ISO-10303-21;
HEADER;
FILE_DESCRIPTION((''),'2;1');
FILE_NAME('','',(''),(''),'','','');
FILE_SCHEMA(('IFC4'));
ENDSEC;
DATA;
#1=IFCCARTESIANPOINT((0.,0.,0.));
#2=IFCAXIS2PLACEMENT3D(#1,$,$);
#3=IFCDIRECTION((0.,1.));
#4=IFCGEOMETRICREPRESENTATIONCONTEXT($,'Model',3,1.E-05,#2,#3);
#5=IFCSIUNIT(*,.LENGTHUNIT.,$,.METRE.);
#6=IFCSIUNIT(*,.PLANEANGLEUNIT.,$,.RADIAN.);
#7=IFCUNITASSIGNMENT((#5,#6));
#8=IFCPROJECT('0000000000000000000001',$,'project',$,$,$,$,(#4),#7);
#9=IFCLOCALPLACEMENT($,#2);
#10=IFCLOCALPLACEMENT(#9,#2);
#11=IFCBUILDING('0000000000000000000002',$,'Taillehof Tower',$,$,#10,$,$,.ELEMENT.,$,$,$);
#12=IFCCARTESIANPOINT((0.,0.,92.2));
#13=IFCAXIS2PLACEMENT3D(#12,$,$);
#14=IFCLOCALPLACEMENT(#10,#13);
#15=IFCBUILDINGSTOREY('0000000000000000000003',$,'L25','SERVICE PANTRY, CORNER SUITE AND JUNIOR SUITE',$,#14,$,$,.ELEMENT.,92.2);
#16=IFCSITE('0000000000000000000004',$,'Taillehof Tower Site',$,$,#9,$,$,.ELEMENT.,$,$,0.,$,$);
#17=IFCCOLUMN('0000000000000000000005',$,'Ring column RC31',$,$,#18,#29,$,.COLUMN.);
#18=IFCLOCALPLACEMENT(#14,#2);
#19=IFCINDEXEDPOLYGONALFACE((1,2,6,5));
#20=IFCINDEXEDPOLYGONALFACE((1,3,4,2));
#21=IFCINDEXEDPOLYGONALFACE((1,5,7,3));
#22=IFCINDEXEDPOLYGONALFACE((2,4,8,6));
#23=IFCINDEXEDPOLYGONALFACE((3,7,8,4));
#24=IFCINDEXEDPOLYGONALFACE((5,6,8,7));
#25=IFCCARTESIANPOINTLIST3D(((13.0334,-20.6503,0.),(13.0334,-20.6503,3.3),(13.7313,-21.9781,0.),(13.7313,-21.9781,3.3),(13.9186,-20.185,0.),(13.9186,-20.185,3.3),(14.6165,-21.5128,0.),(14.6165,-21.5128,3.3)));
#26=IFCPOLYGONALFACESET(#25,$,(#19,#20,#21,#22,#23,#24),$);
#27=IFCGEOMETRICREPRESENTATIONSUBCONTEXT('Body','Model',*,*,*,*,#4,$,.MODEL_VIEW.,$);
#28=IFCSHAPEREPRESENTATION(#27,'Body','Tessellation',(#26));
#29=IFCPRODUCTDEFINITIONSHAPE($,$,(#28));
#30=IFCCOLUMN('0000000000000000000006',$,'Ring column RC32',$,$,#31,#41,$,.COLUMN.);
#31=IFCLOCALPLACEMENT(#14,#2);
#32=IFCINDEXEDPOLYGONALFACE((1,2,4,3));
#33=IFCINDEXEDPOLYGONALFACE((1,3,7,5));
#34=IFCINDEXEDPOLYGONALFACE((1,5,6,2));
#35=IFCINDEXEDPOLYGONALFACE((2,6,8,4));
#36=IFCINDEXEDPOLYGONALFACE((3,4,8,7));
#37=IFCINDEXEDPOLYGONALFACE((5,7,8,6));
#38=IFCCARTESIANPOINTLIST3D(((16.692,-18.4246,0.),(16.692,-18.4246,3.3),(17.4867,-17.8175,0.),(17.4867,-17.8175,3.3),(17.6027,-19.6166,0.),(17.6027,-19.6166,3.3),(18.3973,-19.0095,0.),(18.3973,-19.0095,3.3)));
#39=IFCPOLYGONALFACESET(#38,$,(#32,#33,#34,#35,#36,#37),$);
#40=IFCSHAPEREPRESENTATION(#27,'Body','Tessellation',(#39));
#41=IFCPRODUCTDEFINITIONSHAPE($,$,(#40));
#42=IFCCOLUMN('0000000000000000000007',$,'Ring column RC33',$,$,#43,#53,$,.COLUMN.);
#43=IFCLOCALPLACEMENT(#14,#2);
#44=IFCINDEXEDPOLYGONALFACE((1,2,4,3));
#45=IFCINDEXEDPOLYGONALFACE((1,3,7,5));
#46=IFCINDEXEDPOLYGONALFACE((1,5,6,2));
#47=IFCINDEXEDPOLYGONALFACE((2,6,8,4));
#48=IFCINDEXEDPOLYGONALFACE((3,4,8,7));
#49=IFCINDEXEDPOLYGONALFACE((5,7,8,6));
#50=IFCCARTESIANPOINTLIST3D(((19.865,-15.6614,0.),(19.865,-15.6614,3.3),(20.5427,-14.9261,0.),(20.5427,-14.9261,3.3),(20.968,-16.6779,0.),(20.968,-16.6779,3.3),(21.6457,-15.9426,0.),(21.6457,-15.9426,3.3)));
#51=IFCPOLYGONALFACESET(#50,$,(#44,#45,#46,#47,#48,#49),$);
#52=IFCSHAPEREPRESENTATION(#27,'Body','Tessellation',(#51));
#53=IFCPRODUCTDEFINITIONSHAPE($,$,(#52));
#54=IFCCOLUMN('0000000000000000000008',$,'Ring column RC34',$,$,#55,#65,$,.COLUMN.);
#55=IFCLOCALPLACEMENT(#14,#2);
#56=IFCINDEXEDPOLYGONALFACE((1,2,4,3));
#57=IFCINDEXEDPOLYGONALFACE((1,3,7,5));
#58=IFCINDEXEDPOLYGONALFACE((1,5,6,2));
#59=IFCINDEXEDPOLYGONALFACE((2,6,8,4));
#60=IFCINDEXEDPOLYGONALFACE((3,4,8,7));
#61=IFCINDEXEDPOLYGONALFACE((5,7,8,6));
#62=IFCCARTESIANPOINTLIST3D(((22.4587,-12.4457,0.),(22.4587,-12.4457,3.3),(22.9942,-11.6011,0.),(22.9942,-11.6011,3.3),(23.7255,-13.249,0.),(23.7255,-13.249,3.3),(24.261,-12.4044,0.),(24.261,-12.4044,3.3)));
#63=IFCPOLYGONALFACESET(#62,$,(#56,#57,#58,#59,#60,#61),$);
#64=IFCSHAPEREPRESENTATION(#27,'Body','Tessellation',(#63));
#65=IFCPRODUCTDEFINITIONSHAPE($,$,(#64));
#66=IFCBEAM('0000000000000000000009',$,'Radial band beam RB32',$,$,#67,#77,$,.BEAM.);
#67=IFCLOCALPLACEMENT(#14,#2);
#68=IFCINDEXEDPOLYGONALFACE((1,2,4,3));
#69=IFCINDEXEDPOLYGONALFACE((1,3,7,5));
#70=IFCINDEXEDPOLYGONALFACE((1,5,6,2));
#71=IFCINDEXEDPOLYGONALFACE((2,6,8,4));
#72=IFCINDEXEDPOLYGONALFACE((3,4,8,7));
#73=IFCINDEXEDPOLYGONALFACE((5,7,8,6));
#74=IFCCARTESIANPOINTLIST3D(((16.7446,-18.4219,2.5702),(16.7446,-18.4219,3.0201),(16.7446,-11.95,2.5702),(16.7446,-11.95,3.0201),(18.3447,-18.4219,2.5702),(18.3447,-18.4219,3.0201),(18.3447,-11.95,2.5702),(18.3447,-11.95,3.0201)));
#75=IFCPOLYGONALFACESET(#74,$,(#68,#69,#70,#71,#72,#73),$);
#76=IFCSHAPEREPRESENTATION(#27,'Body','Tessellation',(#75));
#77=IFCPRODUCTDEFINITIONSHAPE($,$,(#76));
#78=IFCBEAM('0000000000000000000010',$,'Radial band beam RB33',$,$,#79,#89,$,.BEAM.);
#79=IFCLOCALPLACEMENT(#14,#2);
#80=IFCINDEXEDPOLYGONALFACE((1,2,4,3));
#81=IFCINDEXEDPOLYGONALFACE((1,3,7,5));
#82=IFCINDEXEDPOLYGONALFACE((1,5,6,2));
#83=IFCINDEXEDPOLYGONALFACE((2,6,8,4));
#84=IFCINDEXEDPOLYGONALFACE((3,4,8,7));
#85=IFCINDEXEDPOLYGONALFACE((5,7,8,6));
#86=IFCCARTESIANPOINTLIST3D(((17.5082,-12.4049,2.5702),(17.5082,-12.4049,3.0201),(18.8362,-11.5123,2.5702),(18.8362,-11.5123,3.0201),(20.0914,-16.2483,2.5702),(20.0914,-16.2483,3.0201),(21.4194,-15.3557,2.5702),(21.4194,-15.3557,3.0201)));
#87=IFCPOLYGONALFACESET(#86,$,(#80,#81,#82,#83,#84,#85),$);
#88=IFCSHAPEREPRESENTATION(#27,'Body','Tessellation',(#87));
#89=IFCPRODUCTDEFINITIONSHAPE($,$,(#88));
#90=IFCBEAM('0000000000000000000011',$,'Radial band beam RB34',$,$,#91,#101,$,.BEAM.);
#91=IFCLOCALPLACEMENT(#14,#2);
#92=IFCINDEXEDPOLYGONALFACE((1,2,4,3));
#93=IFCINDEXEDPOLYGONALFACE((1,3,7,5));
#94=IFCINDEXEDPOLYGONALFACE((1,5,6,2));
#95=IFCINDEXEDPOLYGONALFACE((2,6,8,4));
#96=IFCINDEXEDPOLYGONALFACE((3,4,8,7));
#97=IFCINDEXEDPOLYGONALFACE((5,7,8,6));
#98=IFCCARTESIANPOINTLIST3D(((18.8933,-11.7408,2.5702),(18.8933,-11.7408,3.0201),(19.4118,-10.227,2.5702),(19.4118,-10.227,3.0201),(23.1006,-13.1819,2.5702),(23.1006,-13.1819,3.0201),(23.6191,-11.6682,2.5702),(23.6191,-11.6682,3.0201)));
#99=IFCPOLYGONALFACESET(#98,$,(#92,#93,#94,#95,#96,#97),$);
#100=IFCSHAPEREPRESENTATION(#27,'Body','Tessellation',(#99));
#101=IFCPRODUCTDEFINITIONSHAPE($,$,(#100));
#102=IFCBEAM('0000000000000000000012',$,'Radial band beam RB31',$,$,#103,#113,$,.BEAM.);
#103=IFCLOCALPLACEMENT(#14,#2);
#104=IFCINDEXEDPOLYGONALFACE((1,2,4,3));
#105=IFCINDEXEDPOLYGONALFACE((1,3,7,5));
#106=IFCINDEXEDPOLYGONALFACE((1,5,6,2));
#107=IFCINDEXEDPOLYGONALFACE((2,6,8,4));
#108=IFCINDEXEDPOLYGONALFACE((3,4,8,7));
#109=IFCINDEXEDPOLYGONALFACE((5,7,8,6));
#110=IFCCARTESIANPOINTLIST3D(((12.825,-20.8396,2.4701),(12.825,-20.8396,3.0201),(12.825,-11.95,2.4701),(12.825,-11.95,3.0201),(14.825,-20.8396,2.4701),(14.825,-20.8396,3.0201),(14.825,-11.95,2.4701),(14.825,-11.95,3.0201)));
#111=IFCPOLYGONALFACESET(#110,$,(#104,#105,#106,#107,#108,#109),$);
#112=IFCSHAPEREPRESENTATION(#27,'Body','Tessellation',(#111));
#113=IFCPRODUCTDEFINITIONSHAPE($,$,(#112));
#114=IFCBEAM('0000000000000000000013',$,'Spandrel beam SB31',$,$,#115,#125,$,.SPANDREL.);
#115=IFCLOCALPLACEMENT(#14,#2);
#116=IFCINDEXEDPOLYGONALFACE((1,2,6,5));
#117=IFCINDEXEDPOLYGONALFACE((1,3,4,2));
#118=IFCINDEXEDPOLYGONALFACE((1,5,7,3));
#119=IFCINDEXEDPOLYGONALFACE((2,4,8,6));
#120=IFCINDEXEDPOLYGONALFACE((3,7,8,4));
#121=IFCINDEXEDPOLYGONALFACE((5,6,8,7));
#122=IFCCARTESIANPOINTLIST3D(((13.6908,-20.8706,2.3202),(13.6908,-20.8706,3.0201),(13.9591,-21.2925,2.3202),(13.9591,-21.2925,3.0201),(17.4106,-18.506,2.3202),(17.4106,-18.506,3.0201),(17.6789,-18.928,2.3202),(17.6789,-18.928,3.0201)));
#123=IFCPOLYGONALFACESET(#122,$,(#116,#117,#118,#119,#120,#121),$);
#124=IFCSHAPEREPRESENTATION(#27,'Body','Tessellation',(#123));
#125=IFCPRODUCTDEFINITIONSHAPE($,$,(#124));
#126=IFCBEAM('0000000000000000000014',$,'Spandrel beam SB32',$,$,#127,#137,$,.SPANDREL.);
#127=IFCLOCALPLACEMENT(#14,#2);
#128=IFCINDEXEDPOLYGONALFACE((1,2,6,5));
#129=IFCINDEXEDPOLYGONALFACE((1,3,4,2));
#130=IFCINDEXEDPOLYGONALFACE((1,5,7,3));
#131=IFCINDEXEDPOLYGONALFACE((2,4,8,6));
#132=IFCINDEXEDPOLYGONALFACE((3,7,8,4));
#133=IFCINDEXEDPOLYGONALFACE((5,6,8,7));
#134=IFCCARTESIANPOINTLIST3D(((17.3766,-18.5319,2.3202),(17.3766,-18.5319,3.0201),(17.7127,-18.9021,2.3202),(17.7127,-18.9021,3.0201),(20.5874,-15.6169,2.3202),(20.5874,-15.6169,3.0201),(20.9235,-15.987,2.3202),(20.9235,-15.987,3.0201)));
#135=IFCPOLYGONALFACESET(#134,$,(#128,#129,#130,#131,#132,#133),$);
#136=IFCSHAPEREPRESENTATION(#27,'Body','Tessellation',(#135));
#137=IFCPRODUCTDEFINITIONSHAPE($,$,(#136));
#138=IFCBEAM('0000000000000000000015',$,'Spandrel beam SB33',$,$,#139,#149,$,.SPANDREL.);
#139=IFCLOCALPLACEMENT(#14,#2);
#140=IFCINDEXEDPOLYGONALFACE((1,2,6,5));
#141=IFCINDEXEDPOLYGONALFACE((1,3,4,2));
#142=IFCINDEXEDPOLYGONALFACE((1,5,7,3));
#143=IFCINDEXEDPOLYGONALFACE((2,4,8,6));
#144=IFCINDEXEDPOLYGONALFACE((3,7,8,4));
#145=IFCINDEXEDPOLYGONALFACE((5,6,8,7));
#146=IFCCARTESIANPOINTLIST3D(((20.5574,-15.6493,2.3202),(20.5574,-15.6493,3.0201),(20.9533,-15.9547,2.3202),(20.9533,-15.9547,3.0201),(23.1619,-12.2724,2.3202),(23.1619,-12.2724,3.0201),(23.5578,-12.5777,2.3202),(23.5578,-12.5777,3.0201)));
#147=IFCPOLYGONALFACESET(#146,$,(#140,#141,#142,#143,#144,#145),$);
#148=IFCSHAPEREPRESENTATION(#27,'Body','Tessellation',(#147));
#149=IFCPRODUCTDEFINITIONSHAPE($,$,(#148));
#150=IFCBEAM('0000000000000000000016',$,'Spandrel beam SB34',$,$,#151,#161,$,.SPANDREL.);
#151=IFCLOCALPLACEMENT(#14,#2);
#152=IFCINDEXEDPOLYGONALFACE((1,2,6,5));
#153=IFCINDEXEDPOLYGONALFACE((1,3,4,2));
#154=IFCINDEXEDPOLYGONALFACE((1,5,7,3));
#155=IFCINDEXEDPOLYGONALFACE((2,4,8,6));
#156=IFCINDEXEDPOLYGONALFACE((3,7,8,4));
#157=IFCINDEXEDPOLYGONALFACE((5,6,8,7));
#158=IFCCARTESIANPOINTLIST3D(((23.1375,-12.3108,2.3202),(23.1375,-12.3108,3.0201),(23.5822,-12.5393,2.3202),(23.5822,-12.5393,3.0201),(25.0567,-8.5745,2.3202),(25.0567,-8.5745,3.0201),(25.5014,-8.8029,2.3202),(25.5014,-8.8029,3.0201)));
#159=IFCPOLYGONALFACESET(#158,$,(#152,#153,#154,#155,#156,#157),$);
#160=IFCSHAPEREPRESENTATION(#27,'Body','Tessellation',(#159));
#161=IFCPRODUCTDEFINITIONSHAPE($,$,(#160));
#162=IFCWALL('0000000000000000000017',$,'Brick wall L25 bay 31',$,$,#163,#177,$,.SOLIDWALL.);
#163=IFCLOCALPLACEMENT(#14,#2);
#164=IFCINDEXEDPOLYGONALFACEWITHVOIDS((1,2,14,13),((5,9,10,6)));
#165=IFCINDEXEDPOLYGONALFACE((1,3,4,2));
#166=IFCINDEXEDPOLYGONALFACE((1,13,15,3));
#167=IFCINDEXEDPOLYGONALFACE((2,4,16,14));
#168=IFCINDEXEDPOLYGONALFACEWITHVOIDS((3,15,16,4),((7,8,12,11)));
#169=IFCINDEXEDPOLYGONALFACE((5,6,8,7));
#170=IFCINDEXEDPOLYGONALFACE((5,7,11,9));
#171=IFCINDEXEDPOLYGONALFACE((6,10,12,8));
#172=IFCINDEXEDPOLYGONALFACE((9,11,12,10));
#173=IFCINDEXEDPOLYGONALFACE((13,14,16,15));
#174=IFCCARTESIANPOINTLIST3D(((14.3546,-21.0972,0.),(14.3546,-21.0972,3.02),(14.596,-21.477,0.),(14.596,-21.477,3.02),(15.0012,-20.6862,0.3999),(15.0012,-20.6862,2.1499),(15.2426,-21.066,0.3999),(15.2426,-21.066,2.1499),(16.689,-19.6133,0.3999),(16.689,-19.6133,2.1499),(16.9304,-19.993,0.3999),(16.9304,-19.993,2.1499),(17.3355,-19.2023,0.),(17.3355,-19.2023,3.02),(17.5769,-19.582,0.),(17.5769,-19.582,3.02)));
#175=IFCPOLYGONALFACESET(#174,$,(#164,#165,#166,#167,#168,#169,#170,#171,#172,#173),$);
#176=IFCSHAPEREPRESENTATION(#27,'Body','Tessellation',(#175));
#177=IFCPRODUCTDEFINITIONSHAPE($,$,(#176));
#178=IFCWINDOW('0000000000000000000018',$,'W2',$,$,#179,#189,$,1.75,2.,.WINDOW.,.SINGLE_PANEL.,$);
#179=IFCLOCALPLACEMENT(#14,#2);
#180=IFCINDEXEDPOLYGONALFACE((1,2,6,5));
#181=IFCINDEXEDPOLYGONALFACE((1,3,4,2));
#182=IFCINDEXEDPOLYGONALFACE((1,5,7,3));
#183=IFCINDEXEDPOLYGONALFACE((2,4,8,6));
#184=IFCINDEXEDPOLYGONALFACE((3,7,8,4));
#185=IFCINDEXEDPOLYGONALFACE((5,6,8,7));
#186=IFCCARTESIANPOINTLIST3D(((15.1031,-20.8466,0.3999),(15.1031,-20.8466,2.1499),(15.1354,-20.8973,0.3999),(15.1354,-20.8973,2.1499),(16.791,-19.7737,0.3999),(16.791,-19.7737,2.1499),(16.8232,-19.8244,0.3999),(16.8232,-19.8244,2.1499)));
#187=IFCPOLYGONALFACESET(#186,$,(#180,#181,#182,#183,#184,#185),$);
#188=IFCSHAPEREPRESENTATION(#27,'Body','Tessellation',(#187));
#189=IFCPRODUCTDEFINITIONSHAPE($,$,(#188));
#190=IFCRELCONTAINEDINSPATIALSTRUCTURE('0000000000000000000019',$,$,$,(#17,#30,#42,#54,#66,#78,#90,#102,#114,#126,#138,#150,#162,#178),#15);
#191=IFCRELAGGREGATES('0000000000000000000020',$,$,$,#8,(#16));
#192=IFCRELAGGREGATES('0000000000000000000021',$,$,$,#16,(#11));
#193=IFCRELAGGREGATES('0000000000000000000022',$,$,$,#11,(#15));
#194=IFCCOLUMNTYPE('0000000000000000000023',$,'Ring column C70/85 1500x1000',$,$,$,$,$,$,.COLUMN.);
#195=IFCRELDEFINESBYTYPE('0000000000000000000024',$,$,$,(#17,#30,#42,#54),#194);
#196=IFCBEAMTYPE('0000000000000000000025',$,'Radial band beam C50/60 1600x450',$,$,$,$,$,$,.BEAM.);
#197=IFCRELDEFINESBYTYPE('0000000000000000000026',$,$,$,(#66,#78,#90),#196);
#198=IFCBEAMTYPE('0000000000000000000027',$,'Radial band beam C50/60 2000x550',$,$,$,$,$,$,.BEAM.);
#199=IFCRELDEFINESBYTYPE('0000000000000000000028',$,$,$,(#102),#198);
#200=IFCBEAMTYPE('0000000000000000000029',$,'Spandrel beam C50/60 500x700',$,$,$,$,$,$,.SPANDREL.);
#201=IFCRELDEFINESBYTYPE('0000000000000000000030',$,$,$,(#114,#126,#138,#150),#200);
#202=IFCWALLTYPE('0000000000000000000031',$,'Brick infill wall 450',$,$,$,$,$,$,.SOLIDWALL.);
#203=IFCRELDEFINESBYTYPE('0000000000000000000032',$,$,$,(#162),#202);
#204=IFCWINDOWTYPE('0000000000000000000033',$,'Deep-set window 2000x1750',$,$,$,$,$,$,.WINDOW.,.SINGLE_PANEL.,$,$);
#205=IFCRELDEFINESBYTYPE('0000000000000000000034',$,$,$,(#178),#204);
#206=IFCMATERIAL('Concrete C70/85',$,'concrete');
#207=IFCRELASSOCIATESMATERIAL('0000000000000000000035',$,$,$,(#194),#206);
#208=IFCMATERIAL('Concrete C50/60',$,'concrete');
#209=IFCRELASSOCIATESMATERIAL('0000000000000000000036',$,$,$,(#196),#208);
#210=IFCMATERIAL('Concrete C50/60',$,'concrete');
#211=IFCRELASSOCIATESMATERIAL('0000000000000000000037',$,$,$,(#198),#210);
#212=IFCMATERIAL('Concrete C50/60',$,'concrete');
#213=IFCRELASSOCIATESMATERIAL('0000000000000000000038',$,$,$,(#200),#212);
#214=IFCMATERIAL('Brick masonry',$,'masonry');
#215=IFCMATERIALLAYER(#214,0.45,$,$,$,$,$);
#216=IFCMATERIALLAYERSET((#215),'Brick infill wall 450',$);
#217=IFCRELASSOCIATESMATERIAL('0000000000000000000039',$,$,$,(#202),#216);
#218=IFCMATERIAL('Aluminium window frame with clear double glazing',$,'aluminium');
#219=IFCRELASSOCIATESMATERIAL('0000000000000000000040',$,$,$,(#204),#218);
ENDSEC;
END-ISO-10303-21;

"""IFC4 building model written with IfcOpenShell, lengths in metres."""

from ifc_helpers import new_model, si_unit, direction, frame, frame_2d, origin, origin_2d, place, context, subcontext, project, spatial, rectangle, extrude, material, layer, layer_set, material_profile, profile_set, type_object, element, fill, save


model = new_model("IFC4")

# Units and contexts
model_context = context("Model", 3, precision=1e-05, world=origin(), true_north=direction((0.0, 1.0)))
body_context = subcontext(model_context, "Body", "Model", "MODEL_VIEW")
ifc_project = project(units=[si_unit("LENGTHUNIT", "METRE"), si_unit("PLANEANGLEUNIT", "RADIAN")], contexts=[model_context])

# Site, building, storey
site_placement = place(None, origin())
site = spatial("IfcSite", under=ifc_project, at=site_placement, Name="Taillehof Tower Site", CompositionType="ELEMENT", RefElevation=0.0)
building_placement = place(site_placement, origin())
building = spatial("IfcBuilding", under=site, at=building_placement, Name="Taillehof Tower", CompositionType="ELEMENT")
storey_placement = place(building_placement, frame((0.0, 0.0, 92.2)))
storey = spatial("IfcBuildingStorey", under=building, at=storey_placement, Name="L25", Description="SERVICE PANTRY, CORNER SUITE AND JUNIOR SUITE", CompositionType="ELEMENT", Elevation=92.2)

# Columns
ifc_material_1 = material(Name="Concrete C70/85", Category="concrete")
ifc_material_profile_1 = material_profile(ifc_material_1, rectangle(XDim=1.5, YDim=1.0, at=origin_2d()), Name="RC 1500x1000")
ifc_profile_set_1 = profile_set([ifc_material_profile_1], Name="Concrete C70/85")
column_type = type_object("IfcColumnType", Name="Ring column C70/85 1500x1000", PredefinedType="COLUMN", material=ifc_profile_set_1)
for number, where, z_axis, x_axis, name in (
    (1, (13.825, -21.0815, 0.0), (0.0, 0.0, 1.0), (0.465283, -0.885162, 0.0), "Ring column RC31"),
    (2, (17.5447, -18.717, 0.0), (0.0, 0.0, 1.0), (0.607074, -0.794645, 0.0), "Ring column RC32"),
    (3, (20.7554, -15.802, 0.0), (0.0, 0.0, 1.0), (0.735332, -0.677707, 0.0), "Ring column RC33"),
    (4, (23.3599, -12.425, 0.0), (0.0, 0.0, 1.0), (0.844511, -0.535537, 0.0), "Ring column RC34"),
):
    element("IfcColumn", number, at=place(storey_placement, frame(where, z_axis=z_axis, x_axis=x_axis)), inside=storey, type_object=column_type, Name=name, PredefinedType="COLUMN", context=body_context, shape_type="SweptSolid", body=[
        extrude(rectangle(XDim=1.5, YDim=1.0, at=origin_2d()), origin(), (0.0, 0.0, 1.0), 3.3),
    ])

# Beams
ifc_material_2 = material(Name="Concrete C50/60", Category="concrete")
ifc_material_profile_2 = material_profile(ifc_material_2, rectangle(XDim=1.6001, YDim=0.45, at=origin_2d()), Name="RC 1600x450")
ifc_profile_set_2 = profile_set([ifc_material_profile_2], Name="Concrete C50/60")
beam_type_1 = type_object("IfcBeamType", Name="Radial band beam C50/60 1600x450", PredefinedType="BEAM", material=ifc_profile_set_2)
beam_1_placement = place(storey_placement, frame((17.5447, -18.4219, 2.7952), z_axis=(0.0, 1.0, 0.0), x_axis=(-1.0, 0.0, 0.0)))
element("IfcBeam", 5, at=beam_1_placement, inside=storey, type_object=beam_type_1, Name="Radial band beam RB32", PredefinedType="BEAM", context=body_context, shape_type="SweptSolid", body=[
    extrude(rectangle(XDim=1.6001, YDim=0.45, at=origin_2d()), origin(), (0.0, 0.0, 1.0), 6.4719),
])
beam_2_placement = place(storey_placement, frame((20.7554, -15.802, 2.7952), z_axis=(-0.557823, 0.82996, 0.0), x_axis=(-0.82996, -0.557823, 0.0)))
element("IfcBeam", 6, at=beam_2_placement, inside=storey, type_object=beam_type_1, Name="Radial band beam RB33", PredefinedType="BEAM", context=body_context, shape_type="SweptSolid", body=[
    extrude(rectangle(XDim=1.6001, YDim=0.45, at=origin_2d()), origin(), (0.0, 0.0, 1.0), 4.6309),
])
beam_3_placement = place(storey_placement, frame((23.3599, -12.425, 2.7952), z_axis=(-0.946038, 0.324056, 0.0), x_axis=(-0.324056, -0.946038, 0.0)))
element("IfcBeam", 7, at=beam_3_placement, inside=storey, type_object=beam_type_1, Name="Radial band beam RB34", PredefinedType="BEAM", context=body_context, shape_type="SweptSolid", body=[
    extrude(rectangle(XDim=1.6001, YDim=0.45, at=origin_2d()), origin(), (0.0, 0.0, 1.0), 4.4473),
])
ifc_material_3 = material(Name="Concrete C50/60", Category="concrete")
ifc_material_profile_3 = material_profile(ifc_material_3, rectangle(XDim=2.0, YDim=0.55, at=origin_2d()), Name="RC 2000x550")
ifc_profile_set_3 = profile_set([ifc_material_profile_3], Name="Concrete C50/60")
beam_type_2 = type_object("IfcBeamType", Name="Radial band beam C50/60 2000x550", PredefinedType="BEAM", material=ifc_profile_set_3)
beam_4_placement = place(storey_placement, frame((13.825, -20.8396, 2.7451), z_axis=(0.0, 1.0, 0.0), x_axis=(-1.0, 0.0, 0.0)))
element("IfcBeam", 8, at=beam_4_placement, inside=storey, type_object=beam_type_2, Name="Radial band beam RB31", PredefinedType="BEAM", context=body_context, shape_type="SweptSolid", body=[
    extrude(rectangle(XDim=2.0, YDim=0.55, at=origin_2d()), origin(), (0.0, 0.0, 1.0), 8.8896),
])
ifc_material_4 = material(Name="Concrete C50/60", Category="concrete")
ifc_material_profile_4 = material_profile(ifc_material_4, rectangle(XDim=0.5, YDim=0.7, at=origin_2d()), Name="RC 500x700")
ifc_profile_set_4 = profile_set([ifc_material_profile_4], Name="Concrete C50/60")
beam_type_3 = type_object("IfcBeamType", Name="Spandrel beam C50/60 500x700", PredefinedType="SPANDREL", material=ifc_profile_set_4)
beam_5_placement = place(storey_placement, frame((13.825, -21.0815, 2.6702), z_axis=(0.843928, 0.536456, 0.0), x_axis=(-0.536456, 0.843928, 0.0)))
element("IfcBeam", 9, at=beam_5_placement, inside=storey, type_object=beam_type_3, Name="Spandrel beam SB31", PredefinedType="SPANDREL", context=body_context, shape_type="SweptSolid", body=[
    extrude(rectangle(XDim=0.5, YDim=0.7, at=origin_2d()), origin(), (0.0, 0.0, 1.0), 4.4077),
])
beam_6_placement = place(storey_placement, frame((17.5447, -18.717, 2.6702), z_axis=(0.740373, 0.672196, 0.0), x_axis=(-0.672196, 0.740373, 0.0)))
element("IfcBeam", 10, at=beam_6_placement, inside=storey, type_object=beam_type_3, Name="Spandrel beam SB32", PredefinedType="SPANDREL", context=body_context, shape_type="SweptSolid", body=[
    extrude(rectangle(XDim=0.5, YDim=0.7, at=origin_2d()), origin(), (0.0, 0.0, 1.0), 4.3367),
])
beam_7_placement = place(storey_placement, frame((20.7554, -15.802, 2.6702), z_axis=(0.610717, 0.791849, 0.0), x_axis=(-0.791849, 0.610717, 0.0)))
element("IfcBeam", 11, at=beam_7_placement, inside=storey, type_object=beam_type_3, Name="Spandrel beam SB33", PredefinedType="SPANDREL", context=body_context, shape_type="SweptSolid", body=[
    extrude(rectangle(XDim=0.5, YDim=0.7, at=origin_2d()), origin(), (0.0, 0.0, 1.0), 4.2646),
])
beam_8_placement = place(storey_placement, frame((23.3599, -12.425, 2.6702), z_axis=(0.456905, 0.889515, 0.0), x_axis=(-0.889515, 0.456905, 0.0)))
element("IfcBeam", 12, at=beam_8_placement, inside=storey, type_object=beam_type_3, Name="Spandrel beam SB34", PredefinedType="SPANDREL", context=body_context, shape_type="SweptSolid", body=[
    extrude(rectangle(XDim=0.5, YDim=0.7, at=origin_2d()), origin(), (0.0, 0.0, 1.0), 4.2004),
])

# Wall, opening, window
ifc_material_5 = material(Name="Brick masonry", Category="masonry")
ifc_layer_1 = layer(ifc_material_5, 0.45)
ifc_layer_set_1 = layer_set([ifc_layer_1], Name="Brick infill wall 450")
wall_type_1 = type_object("IfcWallType", Name="Brick infill wall 450", PredefinedType="SOLIDWALL", material=ifc_layer_set_1)
wall_1_placement = place(storey_placement, frame((14.4753, -21.2871, 0.0), z_axis=(0.0, 0.0, 1.0), x_axis=(0.843912, 0.536482, 0.0)))
wall_1 = element("IfcWall", 13, at=wall_1_placement, inside=storey, type_object=wall_type_1, Name="Brick wall L25 bay 31", PredefinedType="SOLIDWALL", context=body_context, shape_type="SweptSolid", body=[
    extrude(rectangle(XDim=3.5322, YDim=0.45, at=frame_2d((1.7661, 0.0))), origin(), (0.0, 0.0, 1.0), 3.02),
])
opening_1_placement = place(wall_1_placement, frame((0.7661, 0.0, 0.3999)))
opening_1 = element("IfcOpeningElement", 14, at=opening_1_placement, cuts=wall_1, PredefinedType="OPENING", context=body_context, shape_type="SweptSolid", body=[
    extrude(rectangle(XDim=2.0, YDim=1.75, at=frame_2d((1.0, 0.875))), frame((0.0, 0.2349, 0.0), z_axis=(0.0, -1.0, 0.0), x_axis=(1.0, 0.0, 0.0)), (0.0, 0.0, 1.0), 0.47),
])
ifc_material_6 = material(Name="Aluminium window frame with clear double glazing", Category="aluminium")
window_type_1 = type_object("IfcWindowType", Name="Deep-set window 2000x1750", PartitioningType="SINGLE_PANEL", PredefinedType="WINDOW", material=ifc_material_6)
window_1_placement = place(opening_1_placement, origin())
window_1 = element("IfcWindow", 15, at=window_1_placement, inside=storey, type_object=window_type_1, Name="W2", OverallHeight=1.75, OverallWidth=2.0, PartitioningType="SINGLE_PANEL", PredefinedType="WINDOW", context=body_context, shape_type="SweptSolid", body=[
    extrude(rectangle(XDim=2.0, YDim=1.75, at=frame_2d((1.0, 0.875))), frame((0.0, 0.0349, 0.0), z_axis=(0.0, -1.0, 0.0), x_axis=(1.0, 0.0, 0.0)), (0.0, 0.0, 1.0), 0.0601),
])
fill(opening_1, window_1)

save(model, "model.ifc")
